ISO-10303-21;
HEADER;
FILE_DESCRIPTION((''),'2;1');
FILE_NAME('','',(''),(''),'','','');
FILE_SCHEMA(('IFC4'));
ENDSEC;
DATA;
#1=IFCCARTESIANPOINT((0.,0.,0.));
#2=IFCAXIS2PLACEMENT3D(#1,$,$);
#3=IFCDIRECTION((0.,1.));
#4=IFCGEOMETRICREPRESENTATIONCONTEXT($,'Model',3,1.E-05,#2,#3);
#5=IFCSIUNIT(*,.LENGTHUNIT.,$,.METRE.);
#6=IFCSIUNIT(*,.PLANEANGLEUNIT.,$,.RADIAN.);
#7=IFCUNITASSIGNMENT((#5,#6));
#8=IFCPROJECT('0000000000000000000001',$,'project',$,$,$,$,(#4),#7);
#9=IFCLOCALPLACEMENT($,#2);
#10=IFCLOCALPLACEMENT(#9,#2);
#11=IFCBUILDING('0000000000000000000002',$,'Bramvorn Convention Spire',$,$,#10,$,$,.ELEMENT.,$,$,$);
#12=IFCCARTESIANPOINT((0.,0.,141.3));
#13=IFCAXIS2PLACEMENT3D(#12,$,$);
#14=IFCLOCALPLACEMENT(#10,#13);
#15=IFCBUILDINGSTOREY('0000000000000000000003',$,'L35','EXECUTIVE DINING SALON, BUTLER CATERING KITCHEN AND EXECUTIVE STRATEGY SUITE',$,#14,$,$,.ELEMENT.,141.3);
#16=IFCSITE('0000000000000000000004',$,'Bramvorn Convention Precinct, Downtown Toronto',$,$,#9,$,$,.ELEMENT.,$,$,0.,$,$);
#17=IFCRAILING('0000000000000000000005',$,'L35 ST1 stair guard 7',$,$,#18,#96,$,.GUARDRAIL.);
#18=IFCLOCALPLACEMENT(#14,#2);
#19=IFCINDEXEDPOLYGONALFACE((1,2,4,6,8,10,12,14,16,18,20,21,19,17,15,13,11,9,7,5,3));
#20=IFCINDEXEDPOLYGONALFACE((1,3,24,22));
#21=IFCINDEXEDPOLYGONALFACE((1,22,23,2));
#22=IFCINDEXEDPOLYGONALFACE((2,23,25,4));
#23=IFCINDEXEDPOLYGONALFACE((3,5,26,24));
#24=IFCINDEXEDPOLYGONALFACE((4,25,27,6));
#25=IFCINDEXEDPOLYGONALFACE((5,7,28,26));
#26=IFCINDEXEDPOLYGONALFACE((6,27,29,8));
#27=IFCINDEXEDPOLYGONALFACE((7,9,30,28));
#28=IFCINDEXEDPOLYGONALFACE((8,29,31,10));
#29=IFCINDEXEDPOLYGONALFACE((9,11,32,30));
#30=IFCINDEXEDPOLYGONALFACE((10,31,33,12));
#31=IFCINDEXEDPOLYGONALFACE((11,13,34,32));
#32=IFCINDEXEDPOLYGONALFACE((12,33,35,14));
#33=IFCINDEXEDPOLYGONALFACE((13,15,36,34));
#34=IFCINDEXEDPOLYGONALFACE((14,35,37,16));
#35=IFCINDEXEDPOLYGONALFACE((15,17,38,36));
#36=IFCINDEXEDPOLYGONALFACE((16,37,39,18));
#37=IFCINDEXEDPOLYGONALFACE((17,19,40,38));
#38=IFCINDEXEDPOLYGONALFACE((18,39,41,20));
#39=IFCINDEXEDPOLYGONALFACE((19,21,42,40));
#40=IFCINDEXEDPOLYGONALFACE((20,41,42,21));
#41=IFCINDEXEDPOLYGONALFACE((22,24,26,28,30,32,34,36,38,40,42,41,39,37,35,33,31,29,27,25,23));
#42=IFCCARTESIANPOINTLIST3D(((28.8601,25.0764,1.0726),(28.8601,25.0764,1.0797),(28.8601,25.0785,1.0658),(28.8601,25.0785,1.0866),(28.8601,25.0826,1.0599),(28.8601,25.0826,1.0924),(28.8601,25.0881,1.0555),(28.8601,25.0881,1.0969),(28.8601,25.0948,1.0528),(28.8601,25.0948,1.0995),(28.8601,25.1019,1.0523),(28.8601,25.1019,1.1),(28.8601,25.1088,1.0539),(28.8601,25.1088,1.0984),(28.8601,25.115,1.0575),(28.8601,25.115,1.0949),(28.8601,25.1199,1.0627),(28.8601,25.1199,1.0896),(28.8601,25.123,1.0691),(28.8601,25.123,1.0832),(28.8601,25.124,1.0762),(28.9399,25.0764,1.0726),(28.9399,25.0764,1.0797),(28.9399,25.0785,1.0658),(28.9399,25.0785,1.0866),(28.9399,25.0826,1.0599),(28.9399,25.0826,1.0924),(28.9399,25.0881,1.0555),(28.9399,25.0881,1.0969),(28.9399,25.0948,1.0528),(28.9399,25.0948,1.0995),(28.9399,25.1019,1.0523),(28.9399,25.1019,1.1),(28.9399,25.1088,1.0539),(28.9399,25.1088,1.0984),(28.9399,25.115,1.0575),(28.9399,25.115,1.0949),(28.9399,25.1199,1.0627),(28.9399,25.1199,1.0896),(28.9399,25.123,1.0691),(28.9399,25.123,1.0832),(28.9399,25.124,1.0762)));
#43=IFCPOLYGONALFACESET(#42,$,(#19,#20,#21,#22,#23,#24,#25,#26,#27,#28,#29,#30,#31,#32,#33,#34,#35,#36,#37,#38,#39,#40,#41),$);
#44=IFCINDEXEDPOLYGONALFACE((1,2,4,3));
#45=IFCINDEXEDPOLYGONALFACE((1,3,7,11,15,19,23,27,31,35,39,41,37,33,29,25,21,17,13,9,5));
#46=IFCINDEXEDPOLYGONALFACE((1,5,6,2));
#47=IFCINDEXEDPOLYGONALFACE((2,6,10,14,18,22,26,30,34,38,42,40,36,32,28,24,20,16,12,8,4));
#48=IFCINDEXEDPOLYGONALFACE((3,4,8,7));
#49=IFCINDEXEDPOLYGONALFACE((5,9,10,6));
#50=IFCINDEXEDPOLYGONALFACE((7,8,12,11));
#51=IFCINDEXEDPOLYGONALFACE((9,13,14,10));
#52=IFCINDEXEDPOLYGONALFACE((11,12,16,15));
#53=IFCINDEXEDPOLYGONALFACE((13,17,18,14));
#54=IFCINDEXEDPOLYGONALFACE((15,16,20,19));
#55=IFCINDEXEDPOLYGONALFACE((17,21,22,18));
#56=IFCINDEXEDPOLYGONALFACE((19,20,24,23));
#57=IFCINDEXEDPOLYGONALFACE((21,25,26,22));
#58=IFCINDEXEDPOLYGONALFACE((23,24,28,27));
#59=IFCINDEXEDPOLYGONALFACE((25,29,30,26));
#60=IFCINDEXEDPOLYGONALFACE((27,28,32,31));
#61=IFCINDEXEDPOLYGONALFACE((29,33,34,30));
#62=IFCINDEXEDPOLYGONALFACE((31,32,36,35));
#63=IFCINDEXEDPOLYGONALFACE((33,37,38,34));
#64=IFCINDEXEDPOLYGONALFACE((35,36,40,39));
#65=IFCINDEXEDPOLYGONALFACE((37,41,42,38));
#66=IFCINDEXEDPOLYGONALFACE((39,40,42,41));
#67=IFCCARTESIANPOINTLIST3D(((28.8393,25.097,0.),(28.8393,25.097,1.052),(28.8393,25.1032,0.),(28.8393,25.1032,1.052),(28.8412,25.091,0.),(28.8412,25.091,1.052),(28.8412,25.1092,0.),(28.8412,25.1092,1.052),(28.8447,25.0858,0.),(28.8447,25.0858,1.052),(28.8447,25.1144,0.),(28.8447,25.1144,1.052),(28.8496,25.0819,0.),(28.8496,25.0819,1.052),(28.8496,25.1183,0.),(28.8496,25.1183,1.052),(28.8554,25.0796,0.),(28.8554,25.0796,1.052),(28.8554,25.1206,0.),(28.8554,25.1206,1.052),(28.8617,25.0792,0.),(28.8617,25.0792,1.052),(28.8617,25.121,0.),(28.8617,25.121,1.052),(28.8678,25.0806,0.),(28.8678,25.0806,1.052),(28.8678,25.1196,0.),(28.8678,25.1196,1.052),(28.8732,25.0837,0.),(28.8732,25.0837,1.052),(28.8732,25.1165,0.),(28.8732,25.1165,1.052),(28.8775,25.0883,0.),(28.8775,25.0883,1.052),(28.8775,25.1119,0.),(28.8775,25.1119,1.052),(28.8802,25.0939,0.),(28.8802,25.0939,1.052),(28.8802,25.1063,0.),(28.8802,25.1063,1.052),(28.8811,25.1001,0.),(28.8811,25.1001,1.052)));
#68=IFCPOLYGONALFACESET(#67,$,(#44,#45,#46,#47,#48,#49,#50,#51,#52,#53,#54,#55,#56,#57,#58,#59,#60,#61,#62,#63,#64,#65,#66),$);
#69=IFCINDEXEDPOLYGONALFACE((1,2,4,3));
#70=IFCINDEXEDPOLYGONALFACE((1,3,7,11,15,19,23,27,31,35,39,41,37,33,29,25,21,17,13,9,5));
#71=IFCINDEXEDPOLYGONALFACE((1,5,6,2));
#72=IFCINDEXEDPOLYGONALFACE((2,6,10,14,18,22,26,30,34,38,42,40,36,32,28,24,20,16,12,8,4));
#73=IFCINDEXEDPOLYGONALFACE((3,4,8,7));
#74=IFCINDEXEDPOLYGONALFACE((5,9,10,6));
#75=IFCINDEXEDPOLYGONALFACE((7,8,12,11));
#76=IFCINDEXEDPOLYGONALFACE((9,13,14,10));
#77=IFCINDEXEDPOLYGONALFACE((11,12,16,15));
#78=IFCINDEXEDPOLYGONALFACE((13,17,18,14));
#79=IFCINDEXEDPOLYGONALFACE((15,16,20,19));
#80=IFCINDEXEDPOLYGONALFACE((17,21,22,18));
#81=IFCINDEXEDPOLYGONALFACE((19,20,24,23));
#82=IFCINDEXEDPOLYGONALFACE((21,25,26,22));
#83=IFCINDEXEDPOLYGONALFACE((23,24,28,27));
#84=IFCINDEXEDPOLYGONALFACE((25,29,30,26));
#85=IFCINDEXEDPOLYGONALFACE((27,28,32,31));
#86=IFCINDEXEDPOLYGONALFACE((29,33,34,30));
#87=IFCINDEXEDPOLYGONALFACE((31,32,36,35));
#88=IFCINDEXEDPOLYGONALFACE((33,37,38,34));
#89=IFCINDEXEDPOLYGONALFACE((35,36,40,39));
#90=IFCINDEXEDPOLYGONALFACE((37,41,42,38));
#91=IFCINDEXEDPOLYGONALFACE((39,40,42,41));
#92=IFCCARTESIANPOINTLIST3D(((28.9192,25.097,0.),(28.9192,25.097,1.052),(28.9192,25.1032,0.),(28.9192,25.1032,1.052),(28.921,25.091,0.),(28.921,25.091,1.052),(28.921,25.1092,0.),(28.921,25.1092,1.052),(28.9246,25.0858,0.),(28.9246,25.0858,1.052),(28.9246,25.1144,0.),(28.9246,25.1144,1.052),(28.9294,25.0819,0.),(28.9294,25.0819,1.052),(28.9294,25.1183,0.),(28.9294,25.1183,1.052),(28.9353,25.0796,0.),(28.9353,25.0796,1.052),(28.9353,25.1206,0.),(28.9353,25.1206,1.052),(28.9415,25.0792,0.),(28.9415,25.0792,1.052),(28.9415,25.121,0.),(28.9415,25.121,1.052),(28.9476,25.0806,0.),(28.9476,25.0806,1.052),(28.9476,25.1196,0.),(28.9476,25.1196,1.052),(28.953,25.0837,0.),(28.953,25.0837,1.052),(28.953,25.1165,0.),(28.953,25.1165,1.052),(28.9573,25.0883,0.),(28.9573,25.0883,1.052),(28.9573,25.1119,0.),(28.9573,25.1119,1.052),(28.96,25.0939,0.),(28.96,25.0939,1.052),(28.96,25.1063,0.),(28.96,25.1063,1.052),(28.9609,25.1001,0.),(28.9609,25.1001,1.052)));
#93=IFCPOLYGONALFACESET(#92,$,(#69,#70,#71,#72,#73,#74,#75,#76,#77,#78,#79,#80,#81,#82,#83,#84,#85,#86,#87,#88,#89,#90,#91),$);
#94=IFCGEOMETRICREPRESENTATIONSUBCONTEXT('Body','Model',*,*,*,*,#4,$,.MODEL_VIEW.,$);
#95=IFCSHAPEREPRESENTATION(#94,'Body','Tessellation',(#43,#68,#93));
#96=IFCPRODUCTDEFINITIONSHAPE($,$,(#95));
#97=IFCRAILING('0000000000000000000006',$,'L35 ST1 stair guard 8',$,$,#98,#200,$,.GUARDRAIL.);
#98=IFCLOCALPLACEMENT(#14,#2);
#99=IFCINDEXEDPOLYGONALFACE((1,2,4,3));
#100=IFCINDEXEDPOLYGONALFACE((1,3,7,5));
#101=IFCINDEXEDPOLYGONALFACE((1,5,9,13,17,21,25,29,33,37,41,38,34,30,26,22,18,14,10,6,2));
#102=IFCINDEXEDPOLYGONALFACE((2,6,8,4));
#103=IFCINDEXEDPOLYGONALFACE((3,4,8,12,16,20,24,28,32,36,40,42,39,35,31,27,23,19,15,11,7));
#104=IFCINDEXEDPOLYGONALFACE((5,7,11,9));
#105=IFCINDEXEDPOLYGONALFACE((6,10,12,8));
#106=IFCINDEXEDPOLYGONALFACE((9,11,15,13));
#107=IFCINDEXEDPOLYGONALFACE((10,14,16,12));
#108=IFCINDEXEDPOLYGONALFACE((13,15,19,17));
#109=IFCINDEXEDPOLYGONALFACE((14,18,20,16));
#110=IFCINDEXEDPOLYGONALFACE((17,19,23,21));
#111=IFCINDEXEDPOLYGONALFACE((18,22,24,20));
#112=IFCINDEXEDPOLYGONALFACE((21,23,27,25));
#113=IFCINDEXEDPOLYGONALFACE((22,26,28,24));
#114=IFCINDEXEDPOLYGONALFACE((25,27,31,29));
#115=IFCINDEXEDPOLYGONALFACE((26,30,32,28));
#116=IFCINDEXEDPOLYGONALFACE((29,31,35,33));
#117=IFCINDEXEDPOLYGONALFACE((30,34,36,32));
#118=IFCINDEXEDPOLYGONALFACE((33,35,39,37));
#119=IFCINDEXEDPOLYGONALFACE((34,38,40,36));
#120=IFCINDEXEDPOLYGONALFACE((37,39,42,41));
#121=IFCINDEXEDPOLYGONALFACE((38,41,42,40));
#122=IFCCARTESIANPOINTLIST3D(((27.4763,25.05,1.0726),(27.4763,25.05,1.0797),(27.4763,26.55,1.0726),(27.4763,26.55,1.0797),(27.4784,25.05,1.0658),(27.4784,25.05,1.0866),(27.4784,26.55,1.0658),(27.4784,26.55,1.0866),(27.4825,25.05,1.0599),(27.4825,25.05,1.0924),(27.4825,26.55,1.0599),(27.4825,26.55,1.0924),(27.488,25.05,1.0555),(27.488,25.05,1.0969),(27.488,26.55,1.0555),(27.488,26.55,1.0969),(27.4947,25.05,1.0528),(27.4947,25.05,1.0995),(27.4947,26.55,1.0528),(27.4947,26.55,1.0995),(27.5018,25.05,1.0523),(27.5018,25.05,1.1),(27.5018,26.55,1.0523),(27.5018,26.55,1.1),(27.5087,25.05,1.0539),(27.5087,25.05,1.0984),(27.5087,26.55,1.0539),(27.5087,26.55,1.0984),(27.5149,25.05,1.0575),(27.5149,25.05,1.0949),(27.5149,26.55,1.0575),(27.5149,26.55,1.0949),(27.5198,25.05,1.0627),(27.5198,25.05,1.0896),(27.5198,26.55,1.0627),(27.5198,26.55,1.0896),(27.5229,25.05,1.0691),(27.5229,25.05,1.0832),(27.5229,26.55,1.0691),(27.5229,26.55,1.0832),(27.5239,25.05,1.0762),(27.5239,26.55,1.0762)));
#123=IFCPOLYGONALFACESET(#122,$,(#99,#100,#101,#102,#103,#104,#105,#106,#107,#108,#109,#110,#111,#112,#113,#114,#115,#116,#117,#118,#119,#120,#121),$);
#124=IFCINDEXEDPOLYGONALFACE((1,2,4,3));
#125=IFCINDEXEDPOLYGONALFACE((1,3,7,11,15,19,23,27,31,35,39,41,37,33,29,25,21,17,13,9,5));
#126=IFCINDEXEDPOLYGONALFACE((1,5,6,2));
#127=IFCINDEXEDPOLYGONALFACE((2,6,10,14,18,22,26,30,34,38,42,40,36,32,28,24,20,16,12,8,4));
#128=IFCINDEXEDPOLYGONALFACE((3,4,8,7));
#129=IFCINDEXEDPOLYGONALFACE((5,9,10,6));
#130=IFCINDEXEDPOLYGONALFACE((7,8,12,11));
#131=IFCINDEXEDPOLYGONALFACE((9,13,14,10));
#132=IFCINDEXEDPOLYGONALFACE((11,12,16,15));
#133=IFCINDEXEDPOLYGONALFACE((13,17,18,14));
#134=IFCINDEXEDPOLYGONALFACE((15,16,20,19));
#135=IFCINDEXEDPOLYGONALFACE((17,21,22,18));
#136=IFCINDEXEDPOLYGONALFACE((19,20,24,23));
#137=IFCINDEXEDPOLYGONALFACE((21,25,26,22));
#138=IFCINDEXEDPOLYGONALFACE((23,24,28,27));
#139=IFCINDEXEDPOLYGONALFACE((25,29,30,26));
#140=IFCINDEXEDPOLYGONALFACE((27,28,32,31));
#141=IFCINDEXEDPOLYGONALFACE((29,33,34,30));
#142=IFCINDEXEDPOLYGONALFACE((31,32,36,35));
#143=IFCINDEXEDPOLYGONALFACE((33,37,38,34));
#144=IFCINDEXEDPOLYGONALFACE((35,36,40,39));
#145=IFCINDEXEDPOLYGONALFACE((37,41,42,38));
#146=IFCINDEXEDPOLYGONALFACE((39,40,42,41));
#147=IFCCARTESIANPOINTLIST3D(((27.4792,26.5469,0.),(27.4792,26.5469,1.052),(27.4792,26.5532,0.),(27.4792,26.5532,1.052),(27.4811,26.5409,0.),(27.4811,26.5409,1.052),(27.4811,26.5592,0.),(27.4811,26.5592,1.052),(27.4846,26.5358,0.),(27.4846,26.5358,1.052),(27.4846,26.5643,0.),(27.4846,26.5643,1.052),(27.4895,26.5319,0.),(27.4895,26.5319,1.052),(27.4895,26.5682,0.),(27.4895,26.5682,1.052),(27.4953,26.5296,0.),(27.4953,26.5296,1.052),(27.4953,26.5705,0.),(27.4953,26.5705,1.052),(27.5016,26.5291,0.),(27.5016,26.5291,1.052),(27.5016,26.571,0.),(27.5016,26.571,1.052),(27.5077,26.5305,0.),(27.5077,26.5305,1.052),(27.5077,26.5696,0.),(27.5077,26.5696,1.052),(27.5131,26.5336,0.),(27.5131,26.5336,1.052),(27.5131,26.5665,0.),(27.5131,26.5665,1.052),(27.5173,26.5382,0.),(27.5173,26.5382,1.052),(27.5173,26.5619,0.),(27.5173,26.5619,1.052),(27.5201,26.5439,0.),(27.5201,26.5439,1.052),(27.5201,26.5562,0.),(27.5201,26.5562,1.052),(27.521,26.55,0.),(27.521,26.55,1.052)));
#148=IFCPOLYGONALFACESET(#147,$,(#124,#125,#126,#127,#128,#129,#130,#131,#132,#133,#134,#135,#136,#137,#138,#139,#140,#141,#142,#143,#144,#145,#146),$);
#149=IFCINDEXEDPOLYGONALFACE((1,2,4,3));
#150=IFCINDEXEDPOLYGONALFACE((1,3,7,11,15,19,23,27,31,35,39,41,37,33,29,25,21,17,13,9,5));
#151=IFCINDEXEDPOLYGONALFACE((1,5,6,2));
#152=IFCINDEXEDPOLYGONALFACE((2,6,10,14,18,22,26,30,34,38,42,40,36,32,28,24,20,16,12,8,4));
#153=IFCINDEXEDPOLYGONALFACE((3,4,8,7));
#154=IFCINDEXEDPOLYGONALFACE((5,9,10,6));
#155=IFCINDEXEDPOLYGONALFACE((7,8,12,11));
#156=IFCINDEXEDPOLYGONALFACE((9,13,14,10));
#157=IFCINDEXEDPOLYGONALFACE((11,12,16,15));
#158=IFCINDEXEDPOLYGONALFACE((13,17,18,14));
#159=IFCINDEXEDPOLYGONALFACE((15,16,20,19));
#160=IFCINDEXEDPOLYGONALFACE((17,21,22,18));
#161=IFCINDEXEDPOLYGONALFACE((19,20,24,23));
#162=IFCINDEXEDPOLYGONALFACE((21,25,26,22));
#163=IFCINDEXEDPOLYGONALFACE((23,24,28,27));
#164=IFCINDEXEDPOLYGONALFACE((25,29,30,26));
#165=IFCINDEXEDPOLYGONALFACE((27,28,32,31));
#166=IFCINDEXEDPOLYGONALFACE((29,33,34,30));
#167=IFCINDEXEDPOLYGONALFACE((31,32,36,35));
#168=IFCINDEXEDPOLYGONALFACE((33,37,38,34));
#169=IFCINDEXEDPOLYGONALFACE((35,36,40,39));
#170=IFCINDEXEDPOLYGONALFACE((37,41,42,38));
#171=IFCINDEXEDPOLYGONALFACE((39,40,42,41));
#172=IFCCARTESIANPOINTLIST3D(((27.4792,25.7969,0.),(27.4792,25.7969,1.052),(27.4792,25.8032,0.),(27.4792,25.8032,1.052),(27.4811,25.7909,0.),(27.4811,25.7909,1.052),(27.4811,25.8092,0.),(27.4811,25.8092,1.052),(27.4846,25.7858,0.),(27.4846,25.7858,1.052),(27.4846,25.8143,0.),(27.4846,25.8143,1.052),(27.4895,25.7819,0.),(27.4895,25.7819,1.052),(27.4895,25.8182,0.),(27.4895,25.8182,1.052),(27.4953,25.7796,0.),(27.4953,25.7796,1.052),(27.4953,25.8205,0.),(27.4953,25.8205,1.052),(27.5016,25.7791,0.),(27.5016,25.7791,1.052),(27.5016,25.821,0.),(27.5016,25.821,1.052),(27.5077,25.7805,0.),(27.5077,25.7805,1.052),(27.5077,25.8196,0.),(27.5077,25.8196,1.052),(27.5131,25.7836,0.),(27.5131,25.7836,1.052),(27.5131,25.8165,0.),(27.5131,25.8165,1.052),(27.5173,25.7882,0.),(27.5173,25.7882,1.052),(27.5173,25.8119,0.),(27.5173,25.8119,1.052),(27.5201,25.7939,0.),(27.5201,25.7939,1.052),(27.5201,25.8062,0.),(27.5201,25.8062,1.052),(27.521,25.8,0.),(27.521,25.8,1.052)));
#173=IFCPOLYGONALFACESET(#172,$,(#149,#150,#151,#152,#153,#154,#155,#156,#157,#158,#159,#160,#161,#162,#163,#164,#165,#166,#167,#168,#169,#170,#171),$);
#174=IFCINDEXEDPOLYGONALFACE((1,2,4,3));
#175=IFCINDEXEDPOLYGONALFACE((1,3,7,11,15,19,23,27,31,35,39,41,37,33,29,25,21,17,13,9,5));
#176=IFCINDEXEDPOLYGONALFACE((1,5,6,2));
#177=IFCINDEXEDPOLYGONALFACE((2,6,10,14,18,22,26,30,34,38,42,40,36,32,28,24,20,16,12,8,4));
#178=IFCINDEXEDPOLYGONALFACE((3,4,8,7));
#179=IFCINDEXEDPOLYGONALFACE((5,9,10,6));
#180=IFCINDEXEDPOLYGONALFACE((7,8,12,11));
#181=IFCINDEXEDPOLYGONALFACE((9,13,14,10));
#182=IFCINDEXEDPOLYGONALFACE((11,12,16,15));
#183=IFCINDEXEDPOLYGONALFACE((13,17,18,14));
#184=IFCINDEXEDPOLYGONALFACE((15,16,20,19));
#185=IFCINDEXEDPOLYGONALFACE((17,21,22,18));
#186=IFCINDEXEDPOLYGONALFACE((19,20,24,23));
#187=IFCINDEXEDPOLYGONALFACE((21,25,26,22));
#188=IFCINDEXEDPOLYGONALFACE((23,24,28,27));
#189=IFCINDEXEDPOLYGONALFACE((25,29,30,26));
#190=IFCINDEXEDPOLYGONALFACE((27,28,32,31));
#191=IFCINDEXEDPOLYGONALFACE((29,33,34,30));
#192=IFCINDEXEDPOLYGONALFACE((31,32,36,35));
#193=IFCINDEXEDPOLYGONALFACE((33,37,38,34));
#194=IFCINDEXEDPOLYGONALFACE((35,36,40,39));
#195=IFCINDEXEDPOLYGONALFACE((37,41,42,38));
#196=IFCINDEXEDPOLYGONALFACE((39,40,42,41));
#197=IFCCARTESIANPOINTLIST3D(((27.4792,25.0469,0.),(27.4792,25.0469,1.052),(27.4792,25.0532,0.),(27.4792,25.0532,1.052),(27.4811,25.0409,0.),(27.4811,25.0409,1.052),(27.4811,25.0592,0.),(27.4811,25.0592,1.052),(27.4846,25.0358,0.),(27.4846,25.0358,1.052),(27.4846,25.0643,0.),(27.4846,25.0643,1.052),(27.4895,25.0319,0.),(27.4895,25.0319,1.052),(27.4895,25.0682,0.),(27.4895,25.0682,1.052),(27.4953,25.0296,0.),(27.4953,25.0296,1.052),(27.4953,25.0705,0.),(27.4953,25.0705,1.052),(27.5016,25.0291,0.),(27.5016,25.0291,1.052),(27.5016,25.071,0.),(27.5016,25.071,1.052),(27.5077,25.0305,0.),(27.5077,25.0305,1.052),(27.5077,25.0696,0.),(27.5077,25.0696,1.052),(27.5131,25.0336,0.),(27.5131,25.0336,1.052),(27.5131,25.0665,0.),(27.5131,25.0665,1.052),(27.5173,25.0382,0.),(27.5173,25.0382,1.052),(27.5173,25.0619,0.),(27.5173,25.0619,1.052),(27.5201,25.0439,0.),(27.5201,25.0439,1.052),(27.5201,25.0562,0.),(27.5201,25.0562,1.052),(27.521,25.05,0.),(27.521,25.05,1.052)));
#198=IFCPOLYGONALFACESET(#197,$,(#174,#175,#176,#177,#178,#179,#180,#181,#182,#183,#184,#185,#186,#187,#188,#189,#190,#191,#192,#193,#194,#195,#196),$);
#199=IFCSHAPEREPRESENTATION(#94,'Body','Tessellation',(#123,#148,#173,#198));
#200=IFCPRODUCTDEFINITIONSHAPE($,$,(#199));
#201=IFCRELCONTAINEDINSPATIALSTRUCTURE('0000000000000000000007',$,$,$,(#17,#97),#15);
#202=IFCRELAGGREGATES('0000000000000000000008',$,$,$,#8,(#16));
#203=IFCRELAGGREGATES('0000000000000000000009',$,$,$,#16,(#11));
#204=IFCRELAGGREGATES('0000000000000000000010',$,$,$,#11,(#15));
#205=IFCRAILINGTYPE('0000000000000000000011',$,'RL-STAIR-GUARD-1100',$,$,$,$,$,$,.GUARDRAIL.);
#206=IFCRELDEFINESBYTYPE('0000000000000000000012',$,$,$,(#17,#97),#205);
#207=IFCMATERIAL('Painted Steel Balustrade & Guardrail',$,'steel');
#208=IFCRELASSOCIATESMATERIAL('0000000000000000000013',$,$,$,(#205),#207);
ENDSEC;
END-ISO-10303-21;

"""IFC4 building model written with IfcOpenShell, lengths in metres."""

from ifc_helpers import new_model, si_unit, direction, frame, origin, origin_2d, place, context, subcontext, project, spatial, circle, extrude, material, type_object, element, save


model = new_model("IFC4")

# Units and contexts
model_context = context("Model", 3, precision=1e-05, world=origin(), true_north=direction((0.0, 1.0)))
body_context = subcontext(model_context, "Body", "Model", "MODEL_VIEW")
ifc_project = project(units=[si_unit("LENGTHUNIT", "METRE"), si_unit("PLANEANGLEUNIT", "RADIAN")], contexts=[model_context])

# Site, building, storey
site_placement = place(None, origin())
site = spatial("IfcSite", under=ifc_project, at=site_placement, Name="Bramvorn Convention Precinct, Downtown Toronto", CompositionType="ELEMENT", RefElevation=0.0)
building_placement = place(site_placement, origin())
building = spatial("IfcBuilding", under=site, at=building_placement, Name="Bramvorn Convention Spire", CompositionType="ELEMENT")
storey_placement = place(building_placement, frame((0.0, 0.0, 141.3)))
storey = spatial("IfcBuildingStorey", under=building, at=storey_placement, Name="L35", Description="EXECUTIVE DINING SALON, BUTLER CATERING KITCHEN AND EXECUTIVE STRATEGY SUITE", CompositionType="ELEMENT", Elevation=141.3)

# Railings
ifc_material_1 = material(Name="Painted Steel Balustrade & Guardrail", Category="steel")
railing_type = type_object("IfcRailingType", Name="RL-STAIR-GUARD-1100", PredefinedType="GUARDRAIL", material=ifc_material_1)
railing_1_placement = place(storey_placement, frame((28.8601, 25.1001, 0.0)))
element("IfcRailing", 1, at=railing_1_placement, inside=storey, type_object=railing_type, Name="L35 ST1 stair guard 7", PredefinedType="GUARDRAIL", context=body_context, shape_type="SweptSolid", body=[
    extrude(circle(Radius=0.0239, at=origin_2d()), frame((0.0, 0.0, 1.0762), z_axis=(1.0, 0.0, 0.0), x_axis=(0.0, 1.0, 0.0)), (0.0, 0.0, 1.0), 0.0798),
    extrude(circle(Radius=0.021, at=origin_2d()), origin(), (0.0, 0.0, 1.0), 1.052),
    extrude(circle(Radius=0.021, at=origin_2d()), frame((0.0798, 0.0, 0.0)), (0.0, 0.0, 1.0), 1.052),
])
railing_2_placement = place(storey_placement, frame((27.5, 26.55, 0.0)))
element("IfcRailing", 2, at=railing_2_placement, inside=storey, type_object=railing_type, Name="L35 ST1 stair guard 8", PredefinedType="GUARDRAIL", context=body_context, shape_type="SweptSolid", body=[
    extrude(circle(Radius=0.0239, at=origin_2d()), frame((0.0, 0.0, 1.0762), z_axis=(0.0, -1.0, 0.0), x_axis=(1.0, 0.0, 0.0)), (0.0, 0.0, 1.0), 1.5),
    extrude(circle(Radius=0.021, at=origin_2d()), origin(), (0.0, 0.0, 1.0), 1.052),
    extrude(circle(Radius=0.021, at=origin_2d()), frame((0.0, -0.75, 0.0)), (0.0, 0.0, 1.0), 1.052),
    extrude(circle(Radius=0.021, at=origin_2d()), frame((0.0, -1.5, 0.0)), (0.0, 0.0, 1.0), 1.052),
])

save(model, "model.ifc")
